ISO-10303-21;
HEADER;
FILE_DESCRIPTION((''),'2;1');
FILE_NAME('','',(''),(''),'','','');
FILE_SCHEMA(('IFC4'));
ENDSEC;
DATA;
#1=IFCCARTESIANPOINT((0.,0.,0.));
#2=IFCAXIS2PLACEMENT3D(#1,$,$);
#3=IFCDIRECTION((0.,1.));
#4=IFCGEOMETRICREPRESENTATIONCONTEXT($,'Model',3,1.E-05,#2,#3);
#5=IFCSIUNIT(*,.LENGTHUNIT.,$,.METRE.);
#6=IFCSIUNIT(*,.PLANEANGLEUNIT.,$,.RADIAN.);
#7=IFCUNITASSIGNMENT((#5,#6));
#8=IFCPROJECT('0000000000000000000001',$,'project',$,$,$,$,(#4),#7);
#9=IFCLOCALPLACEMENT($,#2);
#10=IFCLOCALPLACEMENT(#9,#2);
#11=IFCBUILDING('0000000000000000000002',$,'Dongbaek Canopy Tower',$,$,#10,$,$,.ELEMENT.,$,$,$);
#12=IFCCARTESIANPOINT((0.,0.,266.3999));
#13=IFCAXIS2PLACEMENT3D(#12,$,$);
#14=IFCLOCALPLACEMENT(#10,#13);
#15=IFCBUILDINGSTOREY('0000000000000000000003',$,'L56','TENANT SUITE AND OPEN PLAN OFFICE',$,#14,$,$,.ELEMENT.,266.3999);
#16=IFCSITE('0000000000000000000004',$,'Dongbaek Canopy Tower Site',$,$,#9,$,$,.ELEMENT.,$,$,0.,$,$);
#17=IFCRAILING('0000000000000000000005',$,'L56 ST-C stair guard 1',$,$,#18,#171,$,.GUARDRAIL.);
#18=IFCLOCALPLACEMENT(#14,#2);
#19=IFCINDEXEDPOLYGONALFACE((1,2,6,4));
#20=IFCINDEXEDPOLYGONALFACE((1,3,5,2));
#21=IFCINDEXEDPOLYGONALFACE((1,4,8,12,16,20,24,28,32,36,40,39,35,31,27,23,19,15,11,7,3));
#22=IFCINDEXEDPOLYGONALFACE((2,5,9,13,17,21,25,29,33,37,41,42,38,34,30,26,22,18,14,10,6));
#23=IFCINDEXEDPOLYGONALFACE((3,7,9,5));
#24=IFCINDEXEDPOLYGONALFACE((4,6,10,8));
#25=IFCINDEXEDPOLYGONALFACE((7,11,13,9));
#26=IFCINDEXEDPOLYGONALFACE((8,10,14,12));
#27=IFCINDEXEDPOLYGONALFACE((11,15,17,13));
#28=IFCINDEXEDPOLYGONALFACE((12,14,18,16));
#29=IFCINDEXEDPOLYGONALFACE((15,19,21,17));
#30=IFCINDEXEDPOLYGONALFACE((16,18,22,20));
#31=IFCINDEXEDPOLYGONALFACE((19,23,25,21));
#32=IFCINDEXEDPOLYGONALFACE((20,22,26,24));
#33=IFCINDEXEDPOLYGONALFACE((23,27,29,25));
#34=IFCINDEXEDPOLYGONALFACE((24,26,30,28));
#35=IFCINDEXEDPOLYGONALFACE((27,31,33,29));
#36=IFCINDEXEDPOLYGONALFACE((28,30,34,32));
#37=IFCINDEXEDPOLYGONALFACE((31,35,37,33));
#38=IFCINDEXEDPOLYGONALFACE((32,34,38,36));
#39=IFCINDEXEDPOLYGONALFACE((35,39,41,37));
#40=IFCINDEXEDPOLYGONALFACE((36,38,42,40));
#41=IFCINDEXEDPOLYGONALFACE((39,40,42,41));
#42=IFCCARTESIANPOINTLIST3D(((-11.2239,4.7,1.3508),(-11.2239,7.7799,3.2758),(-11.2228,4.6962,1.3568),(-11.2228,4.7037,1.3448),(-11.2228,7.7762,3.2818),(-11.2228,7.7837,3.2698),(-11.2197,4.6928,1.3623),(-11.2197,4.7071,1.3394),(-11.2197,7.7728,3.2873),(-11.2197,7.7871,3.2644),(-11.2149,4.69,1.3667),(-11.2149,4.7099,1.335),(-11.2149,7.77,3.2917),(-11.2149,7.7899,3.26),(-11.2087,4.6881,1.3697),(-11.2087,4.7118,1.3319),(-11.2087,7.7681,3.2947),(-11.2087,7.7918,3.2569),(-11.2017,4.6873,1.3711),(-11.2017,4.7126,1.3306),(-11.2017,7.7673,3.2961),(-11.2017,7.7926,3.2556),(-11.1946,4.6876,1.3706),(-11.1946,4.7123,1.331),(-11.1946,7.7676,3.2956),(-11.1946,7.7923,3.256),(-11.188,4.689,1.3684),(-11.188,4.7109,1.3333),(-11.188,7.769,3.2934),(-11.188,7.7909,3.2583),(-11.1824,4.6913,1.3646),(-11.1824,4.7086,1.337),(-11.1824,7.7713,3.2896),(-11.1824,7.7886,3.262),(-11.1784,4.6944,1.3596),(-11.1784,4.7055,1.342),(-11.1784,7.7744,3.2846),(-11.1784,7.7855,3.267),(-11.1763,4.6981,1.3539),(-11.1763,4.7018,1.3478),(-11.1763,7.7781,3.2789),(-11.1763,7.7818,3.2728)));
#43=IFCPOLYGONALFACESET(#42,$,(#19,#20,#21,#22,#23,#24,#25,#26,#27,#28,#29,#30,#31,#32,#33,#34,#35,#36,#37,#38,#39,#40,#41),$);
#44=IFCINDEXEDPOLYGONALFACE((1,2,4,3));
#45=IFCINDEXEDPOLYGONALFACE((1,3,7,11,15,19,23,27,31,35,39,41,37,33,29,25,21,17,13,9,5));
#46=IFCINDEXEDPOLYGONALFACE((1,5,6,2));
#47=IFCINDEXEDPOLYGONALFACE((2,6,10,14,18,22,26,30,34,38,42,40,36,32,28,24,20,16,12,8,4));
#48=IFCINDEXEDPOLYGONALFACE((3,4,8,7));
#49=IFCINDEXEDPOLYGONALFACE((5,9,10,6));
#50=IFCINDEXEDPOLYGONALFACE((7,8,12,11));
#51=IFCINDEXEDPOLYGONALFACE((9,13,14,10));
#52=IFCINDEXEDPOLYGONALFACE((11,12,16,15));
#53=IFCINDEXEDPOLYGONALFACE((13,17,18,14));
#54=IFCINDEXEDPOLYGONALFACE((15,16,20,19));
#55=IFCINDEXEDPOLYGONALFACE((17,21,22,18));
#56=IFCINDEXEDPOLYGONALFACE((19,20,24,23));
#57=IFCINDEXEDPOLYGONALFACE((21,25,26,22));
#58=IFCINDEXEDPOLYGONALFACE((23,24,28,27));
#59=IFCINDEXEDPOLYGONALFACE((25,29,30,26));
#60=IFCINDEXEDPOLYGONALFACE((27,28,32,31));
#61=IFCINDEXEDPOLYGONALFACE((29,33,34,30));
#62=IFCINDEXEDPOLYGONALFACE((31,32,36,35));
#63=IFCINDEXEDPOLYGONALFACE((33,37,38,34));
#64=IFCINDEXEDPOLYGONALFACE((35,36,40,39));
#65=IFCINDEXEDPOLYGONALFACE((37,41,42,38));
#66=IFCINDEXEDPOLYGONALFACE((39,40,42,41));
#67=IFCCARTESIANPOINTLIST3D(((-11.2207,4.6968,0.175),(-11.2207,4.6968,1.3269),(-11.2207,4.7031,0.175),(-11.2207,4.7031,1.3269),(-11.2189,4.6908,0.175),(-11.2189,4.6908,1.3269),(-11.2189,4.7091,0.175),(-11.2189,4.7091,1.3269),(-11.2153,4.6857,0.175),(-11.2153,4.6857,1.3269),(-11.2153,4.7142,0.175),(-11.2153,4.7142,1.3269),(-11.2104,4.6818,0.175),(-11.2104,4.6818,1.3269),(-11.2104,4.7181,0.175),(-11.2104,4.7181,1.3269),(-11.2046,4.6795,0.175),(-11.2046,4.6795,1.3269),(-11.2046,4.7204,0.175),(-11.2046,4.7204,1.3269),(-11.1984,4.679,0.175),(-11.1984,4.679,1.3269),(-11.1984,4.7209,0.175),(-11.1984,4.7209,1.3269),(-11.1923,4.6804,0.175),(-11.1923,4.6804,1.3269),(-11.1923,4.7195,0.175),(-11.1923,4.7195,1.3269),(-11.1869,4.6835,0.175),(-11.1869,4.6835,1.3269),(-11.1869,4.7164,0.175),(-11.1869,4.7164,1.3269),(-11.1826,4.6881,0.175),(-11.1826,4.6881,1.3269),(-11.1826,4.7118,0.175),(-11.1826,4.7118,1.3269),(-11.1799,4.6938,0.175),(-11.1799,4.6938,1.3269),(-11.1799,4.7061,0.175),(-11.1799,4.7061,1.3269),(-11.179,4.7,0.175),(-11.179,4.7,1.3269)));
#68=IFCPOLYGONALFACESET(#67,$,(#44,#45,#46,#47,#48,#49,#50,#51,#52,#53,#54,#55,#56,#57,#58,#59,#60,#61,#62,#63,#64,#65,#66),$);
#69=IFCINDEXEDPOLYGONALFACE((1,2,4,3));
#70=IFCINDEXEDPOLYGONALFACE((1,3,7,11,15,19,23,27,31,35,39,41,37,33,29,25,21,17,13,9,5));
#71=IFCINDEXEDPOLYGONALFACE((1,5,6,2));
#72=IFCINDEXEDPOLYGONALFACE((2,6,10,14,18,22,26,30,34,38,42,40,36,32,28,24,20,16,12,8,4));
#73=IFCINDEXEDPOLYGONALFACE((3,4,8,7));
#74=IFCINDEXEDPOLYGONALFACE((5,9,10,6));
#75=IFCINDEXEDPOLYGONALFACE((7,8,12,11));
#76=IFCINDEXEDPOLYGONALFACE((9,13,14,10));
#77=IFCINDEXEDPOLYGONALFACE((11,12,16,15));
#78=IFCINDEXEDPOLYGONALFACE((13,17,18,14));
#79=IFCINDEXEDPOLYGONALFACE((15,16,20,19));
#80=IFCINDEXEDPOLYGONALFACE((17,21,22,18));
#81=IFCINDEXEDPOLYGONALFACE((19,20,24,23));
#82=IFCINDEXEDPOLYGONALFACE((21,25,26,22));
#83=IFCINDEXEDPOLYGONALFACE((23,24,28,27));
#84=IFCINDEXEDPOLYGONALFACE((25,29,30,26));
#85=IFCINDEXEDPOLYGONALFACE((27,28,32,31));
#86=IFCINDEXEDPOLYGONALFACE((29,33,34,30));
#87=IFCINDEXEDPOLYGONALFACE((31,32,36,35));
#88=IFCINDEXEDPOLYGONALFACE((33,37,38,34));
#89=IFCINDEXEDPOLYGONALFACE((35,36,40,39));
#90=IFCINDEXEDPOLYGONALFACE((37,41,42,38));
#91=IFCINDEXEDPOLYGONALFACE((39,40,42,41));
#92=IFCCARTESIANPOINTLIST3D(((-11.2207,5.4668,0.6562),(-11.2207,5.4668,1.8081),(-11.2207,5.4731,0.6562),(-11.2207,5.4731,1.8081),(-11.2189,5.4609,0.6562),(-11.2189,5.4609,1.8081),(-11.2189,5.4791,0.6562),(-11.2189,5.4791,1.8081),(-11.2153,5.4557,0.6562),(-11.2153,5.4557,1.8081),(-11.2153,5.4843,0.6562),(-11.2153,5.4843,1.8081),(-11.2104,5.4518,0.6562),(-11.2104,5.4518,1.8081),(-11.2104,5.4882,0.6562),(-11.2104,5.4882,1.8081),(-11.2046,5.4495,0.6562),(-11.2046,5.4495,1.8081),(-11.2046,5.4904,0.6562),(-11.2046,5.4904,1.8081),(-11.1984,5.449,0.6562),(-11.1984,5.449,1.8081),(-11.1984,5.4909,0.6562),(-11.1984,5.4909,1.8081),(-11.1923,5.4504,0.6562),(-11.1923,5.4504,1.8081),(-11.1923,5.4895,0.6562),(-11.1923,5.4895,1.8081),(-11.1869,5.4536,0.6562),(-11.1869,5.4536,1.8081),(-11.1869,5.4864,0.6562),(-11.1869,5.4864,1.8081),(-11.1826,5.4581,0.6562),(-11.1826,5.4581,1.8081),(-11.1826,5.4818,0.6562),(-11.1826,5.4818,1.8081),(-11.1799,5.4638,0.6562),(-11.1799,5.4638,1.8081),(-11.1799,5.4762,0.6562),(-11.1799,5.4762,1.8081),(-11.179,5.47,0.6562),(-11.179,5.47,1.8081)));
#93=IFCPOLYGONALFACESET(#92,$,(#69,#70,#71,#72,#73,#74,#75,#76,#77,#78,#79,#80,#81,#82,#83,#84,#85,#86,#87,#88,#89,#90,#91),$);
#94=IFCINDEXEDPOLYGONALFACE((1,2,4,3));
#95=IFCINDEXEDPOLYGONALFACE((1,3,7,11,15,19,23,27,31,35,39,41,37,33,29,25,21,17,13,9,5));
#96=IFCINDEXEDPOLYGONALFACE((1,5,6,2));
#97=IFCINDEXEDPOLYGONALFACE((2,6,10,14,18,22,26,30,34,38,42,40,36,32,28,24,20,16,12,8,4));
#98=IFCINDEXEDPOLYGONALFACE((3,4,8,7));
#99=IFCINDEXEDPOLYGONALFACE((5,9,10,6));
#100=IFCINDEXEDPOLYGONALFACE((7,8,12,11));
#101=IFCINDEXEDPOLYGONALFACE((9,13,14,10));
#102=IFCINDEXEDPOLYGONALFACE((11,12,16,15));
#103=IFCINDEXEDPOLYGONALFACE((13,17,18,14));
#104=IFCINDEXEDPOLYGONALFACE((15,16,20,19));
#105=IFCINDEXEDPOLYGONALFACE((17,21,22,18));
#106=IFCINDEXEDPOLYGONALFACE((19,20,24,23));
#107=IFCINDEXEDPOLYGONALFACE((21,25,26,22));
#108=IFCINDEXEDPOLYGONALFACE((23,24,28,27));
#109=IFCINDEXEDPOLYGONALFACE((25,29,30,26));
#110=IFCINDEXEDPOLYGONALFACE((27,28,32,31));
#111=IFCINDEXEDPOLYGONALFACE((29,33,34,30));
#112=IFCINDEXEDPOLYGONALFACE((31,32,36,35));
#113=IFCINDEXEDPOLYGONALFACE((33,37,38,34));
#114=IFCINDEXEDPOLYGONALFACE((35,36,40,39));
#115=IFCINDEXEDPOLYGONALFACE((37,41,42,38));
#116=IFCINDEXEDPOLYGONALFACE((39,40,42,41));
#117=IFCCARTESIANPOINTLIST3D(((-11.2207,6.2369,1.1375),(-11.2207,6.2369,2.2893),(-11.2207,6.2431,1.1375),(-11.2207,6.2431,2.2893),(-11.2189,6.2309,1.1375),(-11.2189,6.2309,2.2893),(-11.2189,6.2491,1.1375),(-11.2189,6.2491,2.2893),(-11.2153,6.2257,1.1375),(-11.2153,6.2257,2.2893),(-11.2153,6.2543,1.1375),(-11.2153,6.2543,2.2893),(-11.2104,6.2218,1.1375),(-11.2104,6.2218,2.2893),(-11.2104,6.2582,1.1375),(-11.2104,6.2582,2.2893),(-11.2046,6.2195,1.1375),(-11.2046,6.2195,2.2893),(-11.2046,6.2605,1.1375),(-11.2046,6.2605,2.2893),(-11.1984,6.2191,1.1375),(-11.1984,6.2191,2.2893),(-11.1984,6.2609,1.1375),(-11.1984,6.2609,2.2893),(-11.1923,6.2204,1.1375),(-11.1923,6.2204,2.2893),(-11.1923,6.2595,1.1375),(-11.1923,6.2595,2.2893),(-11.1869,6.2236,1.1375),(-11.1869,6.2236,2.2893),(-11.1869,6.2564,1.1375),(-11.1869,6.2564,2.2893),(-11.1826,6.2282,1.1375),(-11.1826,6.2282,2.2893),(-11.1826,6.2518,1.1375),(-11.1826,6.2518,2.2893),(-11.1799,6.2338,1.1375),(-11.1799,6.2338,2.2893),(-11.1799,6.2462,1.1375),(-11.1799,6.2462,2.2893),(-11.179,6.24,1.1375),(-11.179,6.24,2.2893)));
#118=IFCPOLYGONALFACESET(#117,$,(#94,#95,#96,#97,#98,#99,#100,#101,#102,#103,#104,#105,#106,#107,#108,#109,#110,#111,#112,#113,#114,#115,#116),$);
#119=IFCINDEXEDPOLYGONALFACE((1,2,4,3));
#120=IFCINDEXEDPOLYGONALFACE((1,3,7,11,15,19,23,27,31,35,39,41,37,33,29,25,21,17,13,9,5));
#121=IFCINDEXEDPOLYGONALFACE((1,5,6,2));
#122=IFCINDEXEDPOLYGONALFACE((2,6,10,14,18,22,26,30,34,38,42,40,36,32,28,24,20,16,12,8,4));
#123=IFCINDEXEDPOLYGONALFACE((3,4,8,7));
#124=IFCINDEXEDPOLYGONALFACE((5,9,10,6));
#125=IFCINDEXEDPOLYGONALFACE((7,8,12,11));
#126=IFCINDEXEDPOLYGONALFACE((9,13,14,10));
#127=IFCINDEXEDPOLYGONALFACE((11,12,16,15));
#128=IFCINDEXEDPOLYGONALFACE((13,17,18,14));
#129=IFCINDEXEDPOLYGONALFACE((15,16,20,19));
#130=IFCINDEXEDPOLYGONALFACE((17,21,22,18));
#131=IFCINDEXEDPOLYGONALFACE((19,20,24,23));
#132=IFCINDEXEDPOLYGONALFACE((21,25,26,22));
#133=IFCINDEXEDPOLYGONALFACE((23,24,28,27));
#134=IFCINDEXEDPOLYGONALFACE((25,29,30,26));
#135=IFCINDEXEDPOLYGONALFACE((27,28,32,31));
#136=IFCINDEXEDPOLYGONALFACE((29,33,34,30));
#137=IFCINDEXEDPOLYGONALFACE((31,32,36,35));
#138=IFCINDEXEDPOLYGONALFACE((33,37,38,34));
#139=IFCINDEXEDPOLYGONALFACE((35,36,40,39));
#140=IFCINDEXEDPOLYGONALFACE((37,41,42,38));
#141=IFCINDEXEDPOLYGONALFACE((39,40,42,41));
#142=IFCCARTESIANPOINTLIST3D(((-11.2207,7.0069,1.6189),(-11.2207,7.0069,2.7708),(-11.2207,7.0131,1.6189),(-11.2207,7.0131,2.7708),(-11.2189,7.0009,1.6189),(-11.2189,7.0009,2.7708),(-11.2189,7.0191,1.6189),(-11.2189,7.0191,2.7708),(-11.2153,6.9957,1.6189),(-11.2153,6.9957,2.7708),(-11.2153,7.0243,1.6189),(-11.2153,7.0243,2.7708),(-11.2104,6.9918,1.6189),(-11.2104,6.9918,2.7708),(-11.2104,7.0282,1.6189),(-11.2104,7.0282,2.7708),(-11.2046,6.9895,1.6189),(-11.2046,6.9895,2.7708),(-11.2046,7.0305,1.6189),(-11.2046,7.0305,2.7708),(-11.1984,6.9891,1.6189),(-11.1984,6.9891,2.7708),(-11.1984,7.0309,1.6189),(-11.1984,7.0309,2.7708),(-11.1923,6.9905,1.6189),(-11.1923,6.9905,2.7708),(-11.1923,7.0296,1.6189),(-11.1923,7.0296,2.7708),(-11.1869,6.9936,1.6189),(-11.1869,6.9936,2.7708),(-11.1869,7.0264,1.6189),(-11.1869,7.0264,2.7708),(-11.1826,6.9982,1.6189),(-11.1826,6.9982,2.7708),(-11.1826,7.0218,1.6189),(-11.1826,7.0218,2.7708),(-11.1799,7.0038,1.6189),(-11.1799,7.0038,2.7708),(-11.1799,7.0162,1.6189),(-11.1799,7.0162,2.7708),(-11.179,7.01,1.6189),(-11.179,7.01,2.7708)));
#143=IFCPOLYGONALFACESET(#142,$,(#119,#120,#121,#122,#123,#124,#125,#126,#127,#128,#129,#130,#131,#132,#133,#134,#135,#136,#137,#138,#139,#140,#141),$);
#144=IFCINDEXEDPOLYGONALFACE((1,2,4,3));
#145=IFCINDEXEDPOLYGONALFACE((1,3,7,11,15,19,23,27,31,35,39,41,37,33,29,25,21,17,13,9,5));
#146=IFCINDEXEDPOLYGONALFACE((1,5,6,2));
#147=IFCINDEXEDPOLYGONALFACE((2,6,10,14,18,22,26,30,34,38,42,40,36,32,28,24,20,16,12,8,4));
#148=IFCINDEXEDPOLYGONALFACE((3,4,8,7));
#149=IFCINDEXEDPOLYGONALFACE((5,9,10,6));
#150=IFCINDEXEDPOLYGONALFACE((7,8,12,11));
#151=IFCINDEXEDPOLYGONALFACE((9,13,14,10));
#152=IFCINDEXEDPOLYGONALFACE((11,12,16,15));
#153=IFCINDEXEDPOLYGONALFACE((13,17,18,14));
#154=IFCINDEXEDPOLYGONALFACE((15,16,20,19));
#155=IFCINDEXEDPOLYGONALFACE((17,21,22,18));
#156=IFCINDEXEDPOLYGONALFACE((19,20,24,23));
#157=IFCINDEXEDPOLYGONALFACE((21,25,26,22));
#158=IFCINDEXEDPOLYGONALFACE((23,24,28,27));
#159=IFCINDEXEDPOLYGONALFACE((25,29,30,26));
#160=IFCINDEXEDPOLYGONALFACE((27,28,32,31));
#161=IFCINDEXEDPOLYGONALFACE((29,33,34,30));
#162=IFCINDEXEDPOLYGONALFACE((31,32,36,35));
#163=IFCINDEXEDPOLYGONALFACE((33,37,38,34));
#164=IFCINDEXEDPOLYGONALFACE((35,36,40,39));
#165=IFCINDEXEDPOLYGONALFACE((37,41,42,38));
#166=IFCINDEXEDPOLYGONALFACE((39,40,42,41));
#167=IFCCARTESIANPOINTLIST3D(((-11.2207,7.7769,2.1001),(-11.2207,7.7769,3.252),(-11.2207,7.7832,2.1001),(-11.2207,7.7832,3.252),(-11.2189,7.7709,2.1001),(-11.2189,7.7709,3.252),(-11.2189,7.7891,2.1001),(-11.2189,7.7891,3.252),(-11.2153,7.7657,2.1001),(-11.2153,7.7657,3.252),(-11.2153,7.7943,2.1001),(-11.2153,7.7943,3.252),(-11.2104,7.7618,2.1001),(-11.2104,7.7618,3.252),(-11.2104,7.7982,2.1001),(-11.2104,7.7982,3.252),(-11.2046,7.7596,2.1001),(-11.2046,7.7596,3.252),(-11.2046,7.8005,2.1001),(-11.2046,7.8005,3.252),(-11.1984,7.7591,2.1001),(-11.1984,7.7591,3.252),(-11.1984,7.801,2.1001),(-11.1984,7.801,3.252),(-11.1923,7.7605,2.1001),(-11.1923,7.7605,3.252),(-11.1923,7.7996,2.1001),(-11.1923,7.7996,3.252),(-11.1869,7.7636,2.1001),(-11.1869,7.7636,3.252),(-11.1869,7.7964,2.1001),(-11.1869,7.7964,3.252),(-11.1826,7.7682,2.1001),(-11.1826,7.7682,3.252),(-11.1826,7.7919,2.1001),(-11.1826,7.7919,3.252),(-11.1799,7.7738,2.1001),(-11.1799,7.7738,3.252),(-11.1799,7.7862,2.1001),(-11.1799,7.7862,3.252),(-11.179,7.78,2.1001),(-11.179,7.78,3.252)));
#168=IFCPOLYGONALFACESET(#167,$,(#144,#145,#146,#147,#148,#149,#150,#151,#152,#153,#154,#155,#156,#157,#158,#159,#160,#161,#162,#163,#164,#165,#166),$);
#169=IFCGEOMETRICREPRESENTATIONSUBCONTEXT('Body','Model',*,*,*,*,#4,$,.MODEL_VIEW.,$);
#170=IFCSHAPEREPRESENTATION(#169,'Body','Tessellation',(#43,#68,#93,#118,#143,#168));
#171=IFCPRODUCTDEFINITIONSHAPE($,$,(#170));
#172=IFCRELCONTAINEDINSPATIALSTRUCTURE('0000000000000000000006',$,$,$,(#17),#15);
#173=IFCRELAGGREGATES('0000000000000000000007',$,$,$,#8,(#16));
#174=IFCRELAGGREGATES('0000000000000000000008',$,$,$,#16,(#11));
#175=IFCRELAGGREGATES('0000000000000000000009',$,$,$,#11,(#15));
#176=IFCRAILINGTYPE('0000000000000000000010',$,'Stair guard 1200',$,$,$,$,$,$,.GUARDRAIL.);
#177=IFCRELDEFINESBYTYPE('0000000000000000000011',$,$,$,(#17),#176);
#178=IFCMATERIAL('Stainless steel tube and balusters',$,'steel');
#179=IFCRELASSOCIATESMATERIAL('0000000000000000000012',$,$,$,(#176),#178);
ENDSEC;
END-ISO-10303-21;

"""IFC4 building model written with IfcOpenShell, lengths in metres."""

from ifc_helpers import new_model, si_unit, direction, frame, origin, origin_2d, place, context, subcontext, project, spatial, circle, extrude, material, type_object, element, save


model = new_model("IFC4")

# Units and contexts
model_context = context("Model", 3, precision=1e-05, world=origin(), true_north=direction((0.0, 1.0)))
body_context = subcontext(model_context, "Body", "Model", "MODEL_VIEW")
ifc_project = project(units=[si_unit("LENGTHUNIT", "METRE"), si_unit("PLANEANGLEUNIT", "RADIAN")], contexts=[model_context])

# Site, building, storey
site_placement = place(None, origin())
site = spatial("IfcSite", under=ifc_project, at=site_placement, Name="Dongbaek Canopy Tower Site", CompositionType="ELEMENT", RefElevation=0.0)
building_placement = place(site_placement, origin())
building = spatial("IfcBuilding", under=site, at=building_placement, Name="Dongbaek Canopy Tower", CompositionType="ELEMENT")
storey_placement = place(building_placement, frame((0.0, 0.0, 266.3999)))
storey = spatial("IfcBuildingStorey", under=building, at=storey_placement, Name="L56", Description="TENANT SUITE AND OPEN PLAN OFFICE", CompositionType="ELEMENT", Elevation=266.3999)

# Railing
ifc_material_1 = material(Name="Stainless steel tube and balusters", Category="steel")
railing_type_1 = type_object("IfcRailingType", Name="Stair guard 1200", PredefinedType="GUARDRAIL", material=ifc_material_1)
railing_1_placement = place(storey_placement, frame((-11.2, 4.7, 0.175)))
element("IfcRailing", 1, at=railing_1_placement, inside=storey, type_object=railing_type_1, Name="L56 ST-C stair guard 1", PredefinedType="GUARDRAIL", context=body_context, shape_type="SweptSolid", body=[
    extrude(circle(Radius=0.0239, at=origin_2d()), frame((0.0, 0.0, 1.1758), z_axis=(0.0, 0.847998, 0.529999), x_axis=(-1.0, 0.0, 0.0)), (0.0, 0.0, 1.0), 3.6321),
    extrude(circle(Radius=0.021, at=origin_2d()), origin(), (0.0, 0.0, 1.0), 1.1519),
    extrude(circle(Radius=0.021, at=origin_2d()), frame((0.0, 0.77, 0.4812)), (0.0, 0.0, 1.0), 1.1519),
    extrude(circle(Radius=0.021, at=origin_2d()), frame((0.0, 1.54, 0.9624)), (0.0, 0.0, 1.0), 1.1519),
    extrude(circle(Radius=0.021, at=origin_2d()), frame((0.0, 2.3101, 1.4438)), (0.0, 0.0, 1.0), 1.1519),
    extrude(circle(Radius=0.021, at=origin_2d()), frame((0.0, 3.0801, 1.925)), (0.0, 0.0, 1.0), 1.1519),
])

save(model, "model.ifc")
